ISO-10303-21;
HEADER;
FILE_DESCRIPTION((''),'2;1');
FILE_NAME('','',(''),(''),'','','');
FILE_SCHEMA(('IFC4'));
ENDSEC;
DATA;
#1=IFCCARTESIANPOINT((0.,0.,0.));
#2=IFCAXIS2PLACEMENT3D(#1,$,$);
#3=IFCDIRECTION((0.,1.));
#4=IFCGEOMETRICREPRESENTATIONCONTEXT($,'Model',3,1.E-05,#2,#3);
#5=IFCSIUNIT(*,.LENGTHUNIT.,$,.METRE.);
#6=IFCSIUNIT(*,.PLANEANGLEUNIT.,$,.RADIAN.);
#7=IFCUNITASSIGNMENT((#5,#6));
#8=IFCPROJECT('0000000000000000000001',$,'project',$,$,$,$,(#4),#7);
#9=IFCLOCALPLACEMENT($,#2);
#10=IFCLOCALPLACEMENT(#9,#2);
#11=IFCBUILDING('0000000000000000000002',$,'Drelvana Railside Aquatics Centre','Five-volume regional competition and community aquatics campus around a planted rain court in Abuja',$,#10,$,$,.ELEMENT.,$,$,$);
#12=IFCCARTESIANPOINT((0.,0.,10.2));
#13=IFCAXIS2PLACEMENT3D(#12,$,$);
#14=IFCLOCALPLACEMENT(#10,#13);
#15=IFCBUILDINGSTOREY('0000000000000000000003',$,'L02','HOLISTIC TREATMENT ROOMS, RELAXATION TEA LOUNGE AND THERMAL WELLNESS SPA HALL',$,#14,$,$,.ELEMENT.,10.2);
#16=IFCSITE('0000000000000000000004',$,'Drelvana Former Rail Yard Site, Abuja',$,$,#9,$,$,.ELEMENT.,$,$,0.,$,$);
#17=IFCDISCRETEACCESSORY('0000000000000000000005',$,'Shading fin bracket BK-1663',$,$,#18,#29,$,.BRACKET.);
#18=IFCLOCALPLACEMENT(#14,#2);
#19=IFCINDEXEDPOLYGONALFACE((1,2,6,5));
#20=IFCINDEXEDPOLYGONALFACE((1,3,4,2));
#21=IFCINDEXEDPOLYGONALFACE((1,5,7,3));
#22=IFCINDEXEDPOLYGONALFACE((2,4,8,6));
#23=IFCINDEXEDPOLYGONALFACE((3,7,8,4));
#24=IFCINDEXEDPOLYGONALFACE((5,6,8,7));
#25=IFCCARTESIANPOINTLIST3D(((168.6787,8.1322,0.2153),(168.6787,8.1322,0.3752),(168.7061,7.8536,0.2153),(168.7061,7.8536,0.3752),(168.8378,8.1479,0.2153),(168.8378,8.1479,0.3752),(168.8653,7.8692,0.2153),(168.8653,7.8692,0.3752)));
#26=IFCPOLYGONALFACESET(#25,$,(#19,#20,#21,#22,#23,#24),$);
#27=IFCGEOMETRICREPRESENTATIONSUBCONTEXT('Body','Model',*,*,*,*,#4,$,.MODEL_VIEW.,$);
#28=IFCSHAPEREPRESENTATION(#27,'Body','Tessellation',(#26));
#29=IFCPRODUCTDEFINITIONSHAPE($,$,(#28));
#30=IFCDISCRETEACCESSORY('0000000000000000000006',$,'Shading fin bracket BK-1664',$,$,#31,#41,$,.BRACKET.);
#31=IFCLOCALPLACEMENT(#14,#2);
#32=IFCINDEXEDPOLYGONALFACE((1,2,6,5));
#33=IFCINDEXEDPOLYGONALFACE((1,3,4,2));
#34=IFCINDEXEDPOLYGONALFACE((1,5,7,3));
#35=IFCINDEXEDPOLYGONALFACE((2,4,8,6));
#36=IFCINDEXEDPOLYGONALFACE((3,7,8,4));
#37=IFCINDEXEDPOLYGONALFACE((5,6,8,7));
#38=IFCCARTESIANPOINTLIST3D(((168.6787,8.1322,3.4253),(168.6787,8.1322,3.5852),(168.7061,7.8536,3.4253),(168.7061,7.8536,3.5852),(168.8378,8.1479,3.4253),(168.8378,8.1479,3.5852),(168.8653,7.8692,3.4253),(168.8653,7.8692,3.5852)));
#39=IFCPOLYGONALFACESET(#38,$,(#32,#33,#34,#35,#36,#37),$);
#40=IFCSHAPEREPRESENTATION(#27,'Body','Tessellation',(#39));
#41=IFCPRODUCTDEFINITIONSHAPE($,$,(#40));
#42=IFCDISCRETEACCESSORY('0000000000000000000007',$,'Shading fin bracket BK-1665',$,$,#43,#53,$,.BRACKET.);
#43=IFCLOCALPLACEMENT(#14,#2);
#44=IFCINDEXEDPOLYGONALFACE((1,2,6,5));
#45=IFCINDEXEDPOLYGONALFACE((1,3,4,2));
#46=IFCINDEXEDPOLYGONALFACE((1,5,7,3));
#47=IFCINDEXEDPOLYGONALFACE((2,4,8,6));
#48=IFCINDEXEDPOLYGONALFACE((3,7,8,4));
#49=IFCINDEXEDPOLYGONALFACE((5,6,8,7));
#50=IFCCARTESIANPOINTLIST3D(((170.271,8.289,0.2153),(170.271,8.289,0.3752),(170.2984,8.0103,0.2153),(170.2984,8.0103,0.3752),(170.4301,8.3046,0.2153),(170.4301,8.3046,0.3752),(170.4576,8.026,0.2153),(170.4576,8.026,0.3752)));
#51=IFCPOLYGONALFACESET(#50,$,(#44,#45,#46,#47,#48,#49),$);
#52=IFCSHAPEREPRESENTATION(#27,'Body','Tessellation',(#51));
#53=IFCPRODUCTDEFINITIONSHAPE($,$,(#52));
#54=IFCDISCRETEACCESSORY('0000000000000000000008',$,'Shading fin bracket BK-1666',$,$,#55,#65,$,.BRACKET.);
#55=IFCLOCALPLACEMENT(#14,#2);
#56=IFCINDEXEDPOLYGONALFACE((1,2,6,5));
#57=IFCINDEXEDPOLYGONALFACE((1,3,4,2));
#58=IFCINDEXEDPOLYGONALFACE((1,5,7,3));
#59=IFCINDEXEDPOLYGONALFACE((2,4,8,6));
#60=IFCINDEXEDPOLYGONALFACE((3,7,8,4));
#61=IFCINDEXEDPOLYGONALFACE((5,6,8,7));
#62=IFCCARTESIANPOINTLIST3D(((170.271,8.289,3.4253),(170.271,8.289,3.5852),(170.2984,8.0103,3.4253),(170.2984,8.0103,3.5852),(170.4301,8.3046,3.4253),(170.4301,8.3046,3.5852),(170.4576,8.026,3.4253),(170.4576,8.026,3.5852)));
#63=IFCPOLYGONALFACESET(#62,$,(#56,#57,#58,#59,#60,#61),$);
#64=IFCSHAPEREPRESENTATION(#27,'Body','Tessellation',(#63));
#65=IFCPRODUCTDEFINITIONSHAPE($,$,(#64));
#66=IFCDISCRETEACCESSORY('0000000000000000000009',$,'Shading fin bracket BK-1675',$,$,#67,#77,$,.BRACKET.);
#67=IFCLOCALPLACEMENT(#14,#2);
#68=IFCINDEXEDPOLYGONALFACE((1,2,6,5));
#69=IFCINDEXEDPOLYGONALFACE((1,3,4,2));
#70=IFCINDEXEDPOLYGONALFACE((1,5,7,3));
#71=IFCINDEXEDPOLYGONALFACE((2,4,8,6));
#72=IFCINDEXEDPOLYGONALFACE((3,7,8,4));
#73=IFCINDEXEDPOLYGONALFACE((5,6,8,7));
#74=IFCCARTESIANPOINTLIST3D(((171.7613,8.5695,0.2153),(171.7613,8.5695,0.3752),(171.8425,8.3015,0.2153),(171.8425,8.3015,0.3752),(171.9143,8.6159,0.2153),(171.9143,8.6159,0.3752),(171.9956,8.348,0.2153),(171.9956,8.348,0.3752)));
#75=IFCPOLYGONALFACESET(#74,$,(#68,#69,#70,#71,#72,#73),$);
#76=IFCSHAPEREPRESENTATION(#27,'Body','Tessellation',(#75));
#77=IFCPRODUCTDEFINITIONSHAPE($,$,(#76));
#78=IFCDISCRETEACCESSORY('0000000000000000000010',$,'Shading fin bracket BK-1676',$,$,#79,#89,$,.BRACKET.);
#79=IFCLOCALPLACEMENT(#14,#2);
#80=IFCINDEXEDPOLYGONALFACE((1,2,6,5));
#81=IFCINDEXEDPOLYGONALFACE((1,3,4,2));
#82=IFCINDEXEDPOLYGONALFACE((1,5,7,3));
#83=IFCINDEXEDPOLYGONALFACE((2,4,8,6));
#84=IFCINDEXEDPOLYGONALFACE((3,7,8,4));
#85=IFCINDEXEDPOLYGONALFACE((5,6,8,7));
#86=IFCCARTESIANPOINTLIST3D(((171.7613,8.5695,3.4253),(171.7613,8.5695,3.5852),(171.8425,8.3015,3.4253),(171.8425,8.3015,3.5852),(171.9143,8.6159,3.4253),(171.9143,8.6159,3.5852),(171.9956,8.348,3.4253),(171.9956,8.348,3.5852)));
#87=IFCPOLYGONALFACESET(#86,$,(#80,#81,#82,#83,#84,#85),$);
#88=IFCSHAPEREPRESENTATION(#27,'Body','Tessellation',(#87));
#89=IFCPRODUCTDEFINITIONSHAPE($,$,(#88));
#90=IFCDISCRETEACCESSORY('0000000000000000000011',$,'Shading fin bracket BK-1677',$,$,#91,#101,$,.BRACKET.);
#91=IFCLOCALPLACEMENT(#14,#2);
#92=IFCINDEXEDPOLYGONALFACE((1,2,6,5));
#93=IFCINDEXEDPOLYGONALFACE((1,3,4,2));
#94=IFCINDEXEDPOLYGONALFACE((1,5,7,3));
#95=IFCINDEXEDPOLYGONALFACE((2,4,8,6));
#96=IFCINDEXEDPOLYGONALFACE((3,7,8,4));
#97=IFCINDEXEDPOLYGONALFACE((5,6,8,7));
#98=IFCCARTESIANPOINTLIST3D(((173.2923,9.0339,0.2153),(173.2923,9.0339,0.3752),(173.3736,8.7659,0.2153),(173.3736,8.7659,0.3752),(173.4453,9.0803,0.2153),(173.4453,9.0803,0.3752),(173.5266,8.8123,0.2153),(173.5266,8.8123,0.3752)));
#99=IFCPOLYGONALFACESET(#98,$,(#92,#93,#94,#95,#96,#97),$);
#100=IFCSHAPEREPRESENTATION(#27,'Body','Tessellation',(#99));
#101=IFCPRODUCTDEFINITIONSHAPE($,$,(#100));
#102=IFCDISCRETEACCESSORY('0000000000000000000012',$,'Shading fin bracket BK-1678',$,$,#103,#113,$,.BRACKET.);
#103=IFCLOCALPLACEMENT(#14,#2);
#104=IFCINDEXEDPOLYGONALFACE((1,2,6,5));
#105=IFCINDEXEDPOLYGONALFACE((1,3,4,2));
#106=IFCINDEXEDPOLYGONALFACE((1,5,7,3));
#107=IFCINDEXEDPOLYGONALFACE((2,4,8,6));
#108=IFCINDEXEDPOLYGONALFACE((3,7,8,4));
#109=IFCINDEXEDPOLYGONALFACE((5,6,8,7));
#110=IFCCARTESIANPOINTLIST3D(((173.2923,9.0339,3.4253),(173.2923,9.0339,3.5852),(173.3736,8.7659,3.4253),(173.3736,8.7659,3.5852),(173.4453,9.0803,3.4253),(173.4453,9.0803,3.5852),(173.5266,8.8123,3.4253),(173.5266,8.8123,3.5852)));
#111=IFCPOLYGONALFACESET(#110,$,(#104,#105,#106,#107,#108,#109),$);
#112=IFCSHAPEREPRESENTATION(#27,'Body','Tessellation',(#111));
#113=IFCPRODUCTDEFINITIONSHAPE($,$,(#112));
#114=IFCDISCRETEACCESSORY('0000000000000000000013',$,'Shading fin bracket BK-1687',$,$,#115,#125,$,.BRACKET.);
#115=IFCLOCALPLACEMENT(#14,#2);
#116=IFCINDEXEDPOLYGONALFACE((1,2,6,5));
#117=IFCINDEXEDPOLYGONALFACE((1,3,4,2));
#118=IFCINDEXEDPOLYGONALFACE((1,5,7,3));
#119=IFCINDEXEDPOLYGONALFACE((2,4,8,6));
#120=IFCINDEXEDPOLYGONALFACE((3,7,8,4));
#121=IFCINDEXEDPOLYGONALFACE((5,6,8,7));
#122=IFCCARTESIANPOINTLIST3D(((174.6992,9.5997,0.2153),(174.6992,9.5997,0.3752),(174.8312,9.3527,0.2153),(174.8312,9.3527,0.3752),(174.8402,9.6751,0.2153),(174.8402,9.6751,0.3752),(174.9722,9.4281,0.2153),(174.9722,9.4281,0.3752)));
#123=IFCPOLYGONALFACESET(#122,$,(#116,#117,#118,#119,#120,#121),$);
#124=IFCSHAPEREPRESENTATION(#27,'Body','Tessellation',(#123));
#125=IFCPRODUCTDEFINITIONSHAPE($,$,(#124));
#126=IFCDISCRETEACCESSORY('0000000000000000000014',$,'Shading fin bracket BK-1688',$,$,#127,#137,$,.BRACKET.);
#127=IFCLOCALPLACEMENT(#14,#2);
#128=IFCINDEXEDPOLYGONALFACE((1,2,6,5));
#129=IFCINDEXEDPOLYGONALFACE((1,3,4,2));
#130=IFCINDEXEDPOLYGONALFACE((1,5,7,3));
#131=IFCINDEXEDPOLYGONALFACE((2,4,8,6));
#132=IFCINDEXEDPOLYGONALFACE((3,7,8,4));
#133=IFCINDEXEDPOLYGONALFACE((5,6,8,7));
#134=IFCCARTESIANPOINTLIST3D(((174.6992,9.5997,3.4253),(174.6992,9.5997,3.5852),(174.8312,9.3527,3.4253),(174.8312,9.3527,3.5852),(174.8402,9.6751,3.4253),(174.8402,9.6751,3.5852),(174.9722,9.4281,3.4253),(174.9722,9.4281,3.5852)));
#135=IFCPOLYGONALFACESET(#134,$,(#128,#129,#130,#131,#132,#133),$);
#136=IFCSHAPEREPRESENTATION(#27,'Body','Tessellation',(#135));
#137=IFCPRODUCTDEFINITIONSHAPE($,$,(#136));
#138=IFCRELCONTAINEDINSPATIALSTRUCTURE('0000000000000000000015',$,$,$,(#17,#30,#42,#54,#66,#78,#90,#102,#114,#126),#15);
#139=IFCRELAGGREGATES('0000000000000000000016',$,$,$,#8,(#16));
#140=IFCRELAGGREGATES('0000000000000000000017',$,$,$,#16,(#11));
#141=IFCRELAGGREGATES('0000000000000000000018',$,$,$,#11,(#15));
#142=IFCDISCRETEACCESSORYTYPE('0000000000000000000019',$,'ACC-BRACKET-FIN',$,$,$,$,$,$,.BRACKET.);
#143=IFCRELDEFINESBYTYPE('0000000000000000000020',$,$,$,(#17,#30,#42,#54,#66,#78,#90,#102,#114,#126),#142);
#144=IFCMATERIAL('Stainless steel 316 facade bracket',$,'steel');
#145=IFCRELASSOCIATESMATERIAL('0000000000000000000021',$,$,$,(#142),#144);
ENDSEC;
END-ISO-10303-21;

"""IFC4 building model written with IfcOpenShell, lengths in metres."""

from ifc_helpers import new_model, si_unit, direction, frame, origin, origin_2d, place, context, subcontext, project, spatial, rectangle, extrude, material, type_object, element, save


model = new_model("IFC4")

# Units and contexts
model_context = context("Model", 3, precision=1e-05, world=origin(), true_north=direction((0.0, 1.0)))
body_context = subcontext(model_context, "Body", "Model", "MODEL_VIEW")
ifc_project = project(units=[si_unit("LENGTHUNIT", "METRE"), si_unit("PLANEANGLEUNIT", "RADIAN")], contexts=[model_context])

# Site, building, storey
site_placement = place(None, origin())
site = spatial("IfcSite", under=ifc_project, at=site_placement, Name="Drelvana Former Rail Yard Site, Abuja", CompositionType="ELEMENT", RefElevation=0.0)
building_placement = place(site_placement, origin())
building = spatial("IfcBuilding", under=site, at=building_placement, Name="Drelvana Railside Aquatics Centre", Description="Five-volume regional competition and community aquatics campus around a planted rain court in Abuja", CompositionType="ELEMENT")
storey_placement = place(building_placement, frame((0.0, 0.0, 10.2)))
storey = spatial("IfcBuildingStorey", under=building, at=storey_placement, Name="L02", Description="HOLISTIC TREATMENT ROOMS, RELAXATION TEA LOUNGE AND THERMAL WELLNESS SPA HALL", CompositionType="ELEMENT", Elevation=10.2)

# Discrete accessories
ifc_material_1 = material(Name="Stainless steel 316 facade bracket", Category="steel")
discrete_accessory_type = type_object("IfcDiscreteAccessoryType", Name="ACC-BRACKET-FIN", PredefinedType="BRACKET", material=ifc_material_1)
for number, where, z_axis, x_axis, name in (
    (1, (168.772, 8.0007, 0.2153), (0.0, 0.0, 1.0), (0.098017, -0.995185, 0.0), "Shading fin bracket BK-1663"),
    (2, (168.772, 8.0007, 3.4253), (0.0, 0.0, 1.0), (0.098017, -0.995185, 0.0), "Shading fin bracket BK-1664"),
    (3, (170.3643, 8.1575, 0.2153), (0.0, 0.0, 1.0), (0.098017, -0.995185, 0.0), "Shading fin bracket BK-1665"),
    (4, (170.3643, 8.1575, 3.4253), (0.0, 0.0, 1.0), (0.098017, -0.995185, 0.0), "Shading fin bracket BK-1666"),
    (5, (171.8784, 8.4587, 0.2153), (0.0, 0.0, 1.0), (0.290285, -0.95694, 0.0), "Shading fin bracket BK-1675"),
    (6, (171.8784, 8.4587, 3.4253), (0.0, 0.0, 1.0), (0.290285, -0.95694, 0.0), "Shading fin bracket BK-1676"),
    (7, (173.4094, 8.9231, 0.2153), (0.0, 0.0, 1.0), (0.290285, -0.95694, 0.0), "Shading fin bracket BK-1677"),
    (8, (173.4094, 8.9231, 3.4253), (0.0, 0.0, 1.0), (0.290285, -0.95694, 0.0), "Shading fin bracket BK-1678"),
    (9, (174.8357, 9.5139, 0.2153), (0.0, 0.0, 1.0), (0.471397, -0.881921, 0.0), "Shading fin bracket BK-1687"),
    (10, (174.8357, 9.5139, 3.4253), (0.0, 0.0, 1.0), (0.471397, -0.881921, 0.0), "Shading fin bracket BK-1688"),
):
    element("IfcDiscreteAccessory", number, at=place(storey_placement, frame(where, z_axis=z_axis, x_axis=x_axis)), inside=storey, type_object=discrete_accessory_type, Name=name, PredefinedType="BRACKET", context=body_context, shape_type="SweptSolid", body=[
        extrude(rectangle(XDim=0.28, YDim=0.1599, at=origin_2d()), origin(), (0.0, 0.0, 1.0), 0.1599),
    ])

save(model, "model.ifc")
